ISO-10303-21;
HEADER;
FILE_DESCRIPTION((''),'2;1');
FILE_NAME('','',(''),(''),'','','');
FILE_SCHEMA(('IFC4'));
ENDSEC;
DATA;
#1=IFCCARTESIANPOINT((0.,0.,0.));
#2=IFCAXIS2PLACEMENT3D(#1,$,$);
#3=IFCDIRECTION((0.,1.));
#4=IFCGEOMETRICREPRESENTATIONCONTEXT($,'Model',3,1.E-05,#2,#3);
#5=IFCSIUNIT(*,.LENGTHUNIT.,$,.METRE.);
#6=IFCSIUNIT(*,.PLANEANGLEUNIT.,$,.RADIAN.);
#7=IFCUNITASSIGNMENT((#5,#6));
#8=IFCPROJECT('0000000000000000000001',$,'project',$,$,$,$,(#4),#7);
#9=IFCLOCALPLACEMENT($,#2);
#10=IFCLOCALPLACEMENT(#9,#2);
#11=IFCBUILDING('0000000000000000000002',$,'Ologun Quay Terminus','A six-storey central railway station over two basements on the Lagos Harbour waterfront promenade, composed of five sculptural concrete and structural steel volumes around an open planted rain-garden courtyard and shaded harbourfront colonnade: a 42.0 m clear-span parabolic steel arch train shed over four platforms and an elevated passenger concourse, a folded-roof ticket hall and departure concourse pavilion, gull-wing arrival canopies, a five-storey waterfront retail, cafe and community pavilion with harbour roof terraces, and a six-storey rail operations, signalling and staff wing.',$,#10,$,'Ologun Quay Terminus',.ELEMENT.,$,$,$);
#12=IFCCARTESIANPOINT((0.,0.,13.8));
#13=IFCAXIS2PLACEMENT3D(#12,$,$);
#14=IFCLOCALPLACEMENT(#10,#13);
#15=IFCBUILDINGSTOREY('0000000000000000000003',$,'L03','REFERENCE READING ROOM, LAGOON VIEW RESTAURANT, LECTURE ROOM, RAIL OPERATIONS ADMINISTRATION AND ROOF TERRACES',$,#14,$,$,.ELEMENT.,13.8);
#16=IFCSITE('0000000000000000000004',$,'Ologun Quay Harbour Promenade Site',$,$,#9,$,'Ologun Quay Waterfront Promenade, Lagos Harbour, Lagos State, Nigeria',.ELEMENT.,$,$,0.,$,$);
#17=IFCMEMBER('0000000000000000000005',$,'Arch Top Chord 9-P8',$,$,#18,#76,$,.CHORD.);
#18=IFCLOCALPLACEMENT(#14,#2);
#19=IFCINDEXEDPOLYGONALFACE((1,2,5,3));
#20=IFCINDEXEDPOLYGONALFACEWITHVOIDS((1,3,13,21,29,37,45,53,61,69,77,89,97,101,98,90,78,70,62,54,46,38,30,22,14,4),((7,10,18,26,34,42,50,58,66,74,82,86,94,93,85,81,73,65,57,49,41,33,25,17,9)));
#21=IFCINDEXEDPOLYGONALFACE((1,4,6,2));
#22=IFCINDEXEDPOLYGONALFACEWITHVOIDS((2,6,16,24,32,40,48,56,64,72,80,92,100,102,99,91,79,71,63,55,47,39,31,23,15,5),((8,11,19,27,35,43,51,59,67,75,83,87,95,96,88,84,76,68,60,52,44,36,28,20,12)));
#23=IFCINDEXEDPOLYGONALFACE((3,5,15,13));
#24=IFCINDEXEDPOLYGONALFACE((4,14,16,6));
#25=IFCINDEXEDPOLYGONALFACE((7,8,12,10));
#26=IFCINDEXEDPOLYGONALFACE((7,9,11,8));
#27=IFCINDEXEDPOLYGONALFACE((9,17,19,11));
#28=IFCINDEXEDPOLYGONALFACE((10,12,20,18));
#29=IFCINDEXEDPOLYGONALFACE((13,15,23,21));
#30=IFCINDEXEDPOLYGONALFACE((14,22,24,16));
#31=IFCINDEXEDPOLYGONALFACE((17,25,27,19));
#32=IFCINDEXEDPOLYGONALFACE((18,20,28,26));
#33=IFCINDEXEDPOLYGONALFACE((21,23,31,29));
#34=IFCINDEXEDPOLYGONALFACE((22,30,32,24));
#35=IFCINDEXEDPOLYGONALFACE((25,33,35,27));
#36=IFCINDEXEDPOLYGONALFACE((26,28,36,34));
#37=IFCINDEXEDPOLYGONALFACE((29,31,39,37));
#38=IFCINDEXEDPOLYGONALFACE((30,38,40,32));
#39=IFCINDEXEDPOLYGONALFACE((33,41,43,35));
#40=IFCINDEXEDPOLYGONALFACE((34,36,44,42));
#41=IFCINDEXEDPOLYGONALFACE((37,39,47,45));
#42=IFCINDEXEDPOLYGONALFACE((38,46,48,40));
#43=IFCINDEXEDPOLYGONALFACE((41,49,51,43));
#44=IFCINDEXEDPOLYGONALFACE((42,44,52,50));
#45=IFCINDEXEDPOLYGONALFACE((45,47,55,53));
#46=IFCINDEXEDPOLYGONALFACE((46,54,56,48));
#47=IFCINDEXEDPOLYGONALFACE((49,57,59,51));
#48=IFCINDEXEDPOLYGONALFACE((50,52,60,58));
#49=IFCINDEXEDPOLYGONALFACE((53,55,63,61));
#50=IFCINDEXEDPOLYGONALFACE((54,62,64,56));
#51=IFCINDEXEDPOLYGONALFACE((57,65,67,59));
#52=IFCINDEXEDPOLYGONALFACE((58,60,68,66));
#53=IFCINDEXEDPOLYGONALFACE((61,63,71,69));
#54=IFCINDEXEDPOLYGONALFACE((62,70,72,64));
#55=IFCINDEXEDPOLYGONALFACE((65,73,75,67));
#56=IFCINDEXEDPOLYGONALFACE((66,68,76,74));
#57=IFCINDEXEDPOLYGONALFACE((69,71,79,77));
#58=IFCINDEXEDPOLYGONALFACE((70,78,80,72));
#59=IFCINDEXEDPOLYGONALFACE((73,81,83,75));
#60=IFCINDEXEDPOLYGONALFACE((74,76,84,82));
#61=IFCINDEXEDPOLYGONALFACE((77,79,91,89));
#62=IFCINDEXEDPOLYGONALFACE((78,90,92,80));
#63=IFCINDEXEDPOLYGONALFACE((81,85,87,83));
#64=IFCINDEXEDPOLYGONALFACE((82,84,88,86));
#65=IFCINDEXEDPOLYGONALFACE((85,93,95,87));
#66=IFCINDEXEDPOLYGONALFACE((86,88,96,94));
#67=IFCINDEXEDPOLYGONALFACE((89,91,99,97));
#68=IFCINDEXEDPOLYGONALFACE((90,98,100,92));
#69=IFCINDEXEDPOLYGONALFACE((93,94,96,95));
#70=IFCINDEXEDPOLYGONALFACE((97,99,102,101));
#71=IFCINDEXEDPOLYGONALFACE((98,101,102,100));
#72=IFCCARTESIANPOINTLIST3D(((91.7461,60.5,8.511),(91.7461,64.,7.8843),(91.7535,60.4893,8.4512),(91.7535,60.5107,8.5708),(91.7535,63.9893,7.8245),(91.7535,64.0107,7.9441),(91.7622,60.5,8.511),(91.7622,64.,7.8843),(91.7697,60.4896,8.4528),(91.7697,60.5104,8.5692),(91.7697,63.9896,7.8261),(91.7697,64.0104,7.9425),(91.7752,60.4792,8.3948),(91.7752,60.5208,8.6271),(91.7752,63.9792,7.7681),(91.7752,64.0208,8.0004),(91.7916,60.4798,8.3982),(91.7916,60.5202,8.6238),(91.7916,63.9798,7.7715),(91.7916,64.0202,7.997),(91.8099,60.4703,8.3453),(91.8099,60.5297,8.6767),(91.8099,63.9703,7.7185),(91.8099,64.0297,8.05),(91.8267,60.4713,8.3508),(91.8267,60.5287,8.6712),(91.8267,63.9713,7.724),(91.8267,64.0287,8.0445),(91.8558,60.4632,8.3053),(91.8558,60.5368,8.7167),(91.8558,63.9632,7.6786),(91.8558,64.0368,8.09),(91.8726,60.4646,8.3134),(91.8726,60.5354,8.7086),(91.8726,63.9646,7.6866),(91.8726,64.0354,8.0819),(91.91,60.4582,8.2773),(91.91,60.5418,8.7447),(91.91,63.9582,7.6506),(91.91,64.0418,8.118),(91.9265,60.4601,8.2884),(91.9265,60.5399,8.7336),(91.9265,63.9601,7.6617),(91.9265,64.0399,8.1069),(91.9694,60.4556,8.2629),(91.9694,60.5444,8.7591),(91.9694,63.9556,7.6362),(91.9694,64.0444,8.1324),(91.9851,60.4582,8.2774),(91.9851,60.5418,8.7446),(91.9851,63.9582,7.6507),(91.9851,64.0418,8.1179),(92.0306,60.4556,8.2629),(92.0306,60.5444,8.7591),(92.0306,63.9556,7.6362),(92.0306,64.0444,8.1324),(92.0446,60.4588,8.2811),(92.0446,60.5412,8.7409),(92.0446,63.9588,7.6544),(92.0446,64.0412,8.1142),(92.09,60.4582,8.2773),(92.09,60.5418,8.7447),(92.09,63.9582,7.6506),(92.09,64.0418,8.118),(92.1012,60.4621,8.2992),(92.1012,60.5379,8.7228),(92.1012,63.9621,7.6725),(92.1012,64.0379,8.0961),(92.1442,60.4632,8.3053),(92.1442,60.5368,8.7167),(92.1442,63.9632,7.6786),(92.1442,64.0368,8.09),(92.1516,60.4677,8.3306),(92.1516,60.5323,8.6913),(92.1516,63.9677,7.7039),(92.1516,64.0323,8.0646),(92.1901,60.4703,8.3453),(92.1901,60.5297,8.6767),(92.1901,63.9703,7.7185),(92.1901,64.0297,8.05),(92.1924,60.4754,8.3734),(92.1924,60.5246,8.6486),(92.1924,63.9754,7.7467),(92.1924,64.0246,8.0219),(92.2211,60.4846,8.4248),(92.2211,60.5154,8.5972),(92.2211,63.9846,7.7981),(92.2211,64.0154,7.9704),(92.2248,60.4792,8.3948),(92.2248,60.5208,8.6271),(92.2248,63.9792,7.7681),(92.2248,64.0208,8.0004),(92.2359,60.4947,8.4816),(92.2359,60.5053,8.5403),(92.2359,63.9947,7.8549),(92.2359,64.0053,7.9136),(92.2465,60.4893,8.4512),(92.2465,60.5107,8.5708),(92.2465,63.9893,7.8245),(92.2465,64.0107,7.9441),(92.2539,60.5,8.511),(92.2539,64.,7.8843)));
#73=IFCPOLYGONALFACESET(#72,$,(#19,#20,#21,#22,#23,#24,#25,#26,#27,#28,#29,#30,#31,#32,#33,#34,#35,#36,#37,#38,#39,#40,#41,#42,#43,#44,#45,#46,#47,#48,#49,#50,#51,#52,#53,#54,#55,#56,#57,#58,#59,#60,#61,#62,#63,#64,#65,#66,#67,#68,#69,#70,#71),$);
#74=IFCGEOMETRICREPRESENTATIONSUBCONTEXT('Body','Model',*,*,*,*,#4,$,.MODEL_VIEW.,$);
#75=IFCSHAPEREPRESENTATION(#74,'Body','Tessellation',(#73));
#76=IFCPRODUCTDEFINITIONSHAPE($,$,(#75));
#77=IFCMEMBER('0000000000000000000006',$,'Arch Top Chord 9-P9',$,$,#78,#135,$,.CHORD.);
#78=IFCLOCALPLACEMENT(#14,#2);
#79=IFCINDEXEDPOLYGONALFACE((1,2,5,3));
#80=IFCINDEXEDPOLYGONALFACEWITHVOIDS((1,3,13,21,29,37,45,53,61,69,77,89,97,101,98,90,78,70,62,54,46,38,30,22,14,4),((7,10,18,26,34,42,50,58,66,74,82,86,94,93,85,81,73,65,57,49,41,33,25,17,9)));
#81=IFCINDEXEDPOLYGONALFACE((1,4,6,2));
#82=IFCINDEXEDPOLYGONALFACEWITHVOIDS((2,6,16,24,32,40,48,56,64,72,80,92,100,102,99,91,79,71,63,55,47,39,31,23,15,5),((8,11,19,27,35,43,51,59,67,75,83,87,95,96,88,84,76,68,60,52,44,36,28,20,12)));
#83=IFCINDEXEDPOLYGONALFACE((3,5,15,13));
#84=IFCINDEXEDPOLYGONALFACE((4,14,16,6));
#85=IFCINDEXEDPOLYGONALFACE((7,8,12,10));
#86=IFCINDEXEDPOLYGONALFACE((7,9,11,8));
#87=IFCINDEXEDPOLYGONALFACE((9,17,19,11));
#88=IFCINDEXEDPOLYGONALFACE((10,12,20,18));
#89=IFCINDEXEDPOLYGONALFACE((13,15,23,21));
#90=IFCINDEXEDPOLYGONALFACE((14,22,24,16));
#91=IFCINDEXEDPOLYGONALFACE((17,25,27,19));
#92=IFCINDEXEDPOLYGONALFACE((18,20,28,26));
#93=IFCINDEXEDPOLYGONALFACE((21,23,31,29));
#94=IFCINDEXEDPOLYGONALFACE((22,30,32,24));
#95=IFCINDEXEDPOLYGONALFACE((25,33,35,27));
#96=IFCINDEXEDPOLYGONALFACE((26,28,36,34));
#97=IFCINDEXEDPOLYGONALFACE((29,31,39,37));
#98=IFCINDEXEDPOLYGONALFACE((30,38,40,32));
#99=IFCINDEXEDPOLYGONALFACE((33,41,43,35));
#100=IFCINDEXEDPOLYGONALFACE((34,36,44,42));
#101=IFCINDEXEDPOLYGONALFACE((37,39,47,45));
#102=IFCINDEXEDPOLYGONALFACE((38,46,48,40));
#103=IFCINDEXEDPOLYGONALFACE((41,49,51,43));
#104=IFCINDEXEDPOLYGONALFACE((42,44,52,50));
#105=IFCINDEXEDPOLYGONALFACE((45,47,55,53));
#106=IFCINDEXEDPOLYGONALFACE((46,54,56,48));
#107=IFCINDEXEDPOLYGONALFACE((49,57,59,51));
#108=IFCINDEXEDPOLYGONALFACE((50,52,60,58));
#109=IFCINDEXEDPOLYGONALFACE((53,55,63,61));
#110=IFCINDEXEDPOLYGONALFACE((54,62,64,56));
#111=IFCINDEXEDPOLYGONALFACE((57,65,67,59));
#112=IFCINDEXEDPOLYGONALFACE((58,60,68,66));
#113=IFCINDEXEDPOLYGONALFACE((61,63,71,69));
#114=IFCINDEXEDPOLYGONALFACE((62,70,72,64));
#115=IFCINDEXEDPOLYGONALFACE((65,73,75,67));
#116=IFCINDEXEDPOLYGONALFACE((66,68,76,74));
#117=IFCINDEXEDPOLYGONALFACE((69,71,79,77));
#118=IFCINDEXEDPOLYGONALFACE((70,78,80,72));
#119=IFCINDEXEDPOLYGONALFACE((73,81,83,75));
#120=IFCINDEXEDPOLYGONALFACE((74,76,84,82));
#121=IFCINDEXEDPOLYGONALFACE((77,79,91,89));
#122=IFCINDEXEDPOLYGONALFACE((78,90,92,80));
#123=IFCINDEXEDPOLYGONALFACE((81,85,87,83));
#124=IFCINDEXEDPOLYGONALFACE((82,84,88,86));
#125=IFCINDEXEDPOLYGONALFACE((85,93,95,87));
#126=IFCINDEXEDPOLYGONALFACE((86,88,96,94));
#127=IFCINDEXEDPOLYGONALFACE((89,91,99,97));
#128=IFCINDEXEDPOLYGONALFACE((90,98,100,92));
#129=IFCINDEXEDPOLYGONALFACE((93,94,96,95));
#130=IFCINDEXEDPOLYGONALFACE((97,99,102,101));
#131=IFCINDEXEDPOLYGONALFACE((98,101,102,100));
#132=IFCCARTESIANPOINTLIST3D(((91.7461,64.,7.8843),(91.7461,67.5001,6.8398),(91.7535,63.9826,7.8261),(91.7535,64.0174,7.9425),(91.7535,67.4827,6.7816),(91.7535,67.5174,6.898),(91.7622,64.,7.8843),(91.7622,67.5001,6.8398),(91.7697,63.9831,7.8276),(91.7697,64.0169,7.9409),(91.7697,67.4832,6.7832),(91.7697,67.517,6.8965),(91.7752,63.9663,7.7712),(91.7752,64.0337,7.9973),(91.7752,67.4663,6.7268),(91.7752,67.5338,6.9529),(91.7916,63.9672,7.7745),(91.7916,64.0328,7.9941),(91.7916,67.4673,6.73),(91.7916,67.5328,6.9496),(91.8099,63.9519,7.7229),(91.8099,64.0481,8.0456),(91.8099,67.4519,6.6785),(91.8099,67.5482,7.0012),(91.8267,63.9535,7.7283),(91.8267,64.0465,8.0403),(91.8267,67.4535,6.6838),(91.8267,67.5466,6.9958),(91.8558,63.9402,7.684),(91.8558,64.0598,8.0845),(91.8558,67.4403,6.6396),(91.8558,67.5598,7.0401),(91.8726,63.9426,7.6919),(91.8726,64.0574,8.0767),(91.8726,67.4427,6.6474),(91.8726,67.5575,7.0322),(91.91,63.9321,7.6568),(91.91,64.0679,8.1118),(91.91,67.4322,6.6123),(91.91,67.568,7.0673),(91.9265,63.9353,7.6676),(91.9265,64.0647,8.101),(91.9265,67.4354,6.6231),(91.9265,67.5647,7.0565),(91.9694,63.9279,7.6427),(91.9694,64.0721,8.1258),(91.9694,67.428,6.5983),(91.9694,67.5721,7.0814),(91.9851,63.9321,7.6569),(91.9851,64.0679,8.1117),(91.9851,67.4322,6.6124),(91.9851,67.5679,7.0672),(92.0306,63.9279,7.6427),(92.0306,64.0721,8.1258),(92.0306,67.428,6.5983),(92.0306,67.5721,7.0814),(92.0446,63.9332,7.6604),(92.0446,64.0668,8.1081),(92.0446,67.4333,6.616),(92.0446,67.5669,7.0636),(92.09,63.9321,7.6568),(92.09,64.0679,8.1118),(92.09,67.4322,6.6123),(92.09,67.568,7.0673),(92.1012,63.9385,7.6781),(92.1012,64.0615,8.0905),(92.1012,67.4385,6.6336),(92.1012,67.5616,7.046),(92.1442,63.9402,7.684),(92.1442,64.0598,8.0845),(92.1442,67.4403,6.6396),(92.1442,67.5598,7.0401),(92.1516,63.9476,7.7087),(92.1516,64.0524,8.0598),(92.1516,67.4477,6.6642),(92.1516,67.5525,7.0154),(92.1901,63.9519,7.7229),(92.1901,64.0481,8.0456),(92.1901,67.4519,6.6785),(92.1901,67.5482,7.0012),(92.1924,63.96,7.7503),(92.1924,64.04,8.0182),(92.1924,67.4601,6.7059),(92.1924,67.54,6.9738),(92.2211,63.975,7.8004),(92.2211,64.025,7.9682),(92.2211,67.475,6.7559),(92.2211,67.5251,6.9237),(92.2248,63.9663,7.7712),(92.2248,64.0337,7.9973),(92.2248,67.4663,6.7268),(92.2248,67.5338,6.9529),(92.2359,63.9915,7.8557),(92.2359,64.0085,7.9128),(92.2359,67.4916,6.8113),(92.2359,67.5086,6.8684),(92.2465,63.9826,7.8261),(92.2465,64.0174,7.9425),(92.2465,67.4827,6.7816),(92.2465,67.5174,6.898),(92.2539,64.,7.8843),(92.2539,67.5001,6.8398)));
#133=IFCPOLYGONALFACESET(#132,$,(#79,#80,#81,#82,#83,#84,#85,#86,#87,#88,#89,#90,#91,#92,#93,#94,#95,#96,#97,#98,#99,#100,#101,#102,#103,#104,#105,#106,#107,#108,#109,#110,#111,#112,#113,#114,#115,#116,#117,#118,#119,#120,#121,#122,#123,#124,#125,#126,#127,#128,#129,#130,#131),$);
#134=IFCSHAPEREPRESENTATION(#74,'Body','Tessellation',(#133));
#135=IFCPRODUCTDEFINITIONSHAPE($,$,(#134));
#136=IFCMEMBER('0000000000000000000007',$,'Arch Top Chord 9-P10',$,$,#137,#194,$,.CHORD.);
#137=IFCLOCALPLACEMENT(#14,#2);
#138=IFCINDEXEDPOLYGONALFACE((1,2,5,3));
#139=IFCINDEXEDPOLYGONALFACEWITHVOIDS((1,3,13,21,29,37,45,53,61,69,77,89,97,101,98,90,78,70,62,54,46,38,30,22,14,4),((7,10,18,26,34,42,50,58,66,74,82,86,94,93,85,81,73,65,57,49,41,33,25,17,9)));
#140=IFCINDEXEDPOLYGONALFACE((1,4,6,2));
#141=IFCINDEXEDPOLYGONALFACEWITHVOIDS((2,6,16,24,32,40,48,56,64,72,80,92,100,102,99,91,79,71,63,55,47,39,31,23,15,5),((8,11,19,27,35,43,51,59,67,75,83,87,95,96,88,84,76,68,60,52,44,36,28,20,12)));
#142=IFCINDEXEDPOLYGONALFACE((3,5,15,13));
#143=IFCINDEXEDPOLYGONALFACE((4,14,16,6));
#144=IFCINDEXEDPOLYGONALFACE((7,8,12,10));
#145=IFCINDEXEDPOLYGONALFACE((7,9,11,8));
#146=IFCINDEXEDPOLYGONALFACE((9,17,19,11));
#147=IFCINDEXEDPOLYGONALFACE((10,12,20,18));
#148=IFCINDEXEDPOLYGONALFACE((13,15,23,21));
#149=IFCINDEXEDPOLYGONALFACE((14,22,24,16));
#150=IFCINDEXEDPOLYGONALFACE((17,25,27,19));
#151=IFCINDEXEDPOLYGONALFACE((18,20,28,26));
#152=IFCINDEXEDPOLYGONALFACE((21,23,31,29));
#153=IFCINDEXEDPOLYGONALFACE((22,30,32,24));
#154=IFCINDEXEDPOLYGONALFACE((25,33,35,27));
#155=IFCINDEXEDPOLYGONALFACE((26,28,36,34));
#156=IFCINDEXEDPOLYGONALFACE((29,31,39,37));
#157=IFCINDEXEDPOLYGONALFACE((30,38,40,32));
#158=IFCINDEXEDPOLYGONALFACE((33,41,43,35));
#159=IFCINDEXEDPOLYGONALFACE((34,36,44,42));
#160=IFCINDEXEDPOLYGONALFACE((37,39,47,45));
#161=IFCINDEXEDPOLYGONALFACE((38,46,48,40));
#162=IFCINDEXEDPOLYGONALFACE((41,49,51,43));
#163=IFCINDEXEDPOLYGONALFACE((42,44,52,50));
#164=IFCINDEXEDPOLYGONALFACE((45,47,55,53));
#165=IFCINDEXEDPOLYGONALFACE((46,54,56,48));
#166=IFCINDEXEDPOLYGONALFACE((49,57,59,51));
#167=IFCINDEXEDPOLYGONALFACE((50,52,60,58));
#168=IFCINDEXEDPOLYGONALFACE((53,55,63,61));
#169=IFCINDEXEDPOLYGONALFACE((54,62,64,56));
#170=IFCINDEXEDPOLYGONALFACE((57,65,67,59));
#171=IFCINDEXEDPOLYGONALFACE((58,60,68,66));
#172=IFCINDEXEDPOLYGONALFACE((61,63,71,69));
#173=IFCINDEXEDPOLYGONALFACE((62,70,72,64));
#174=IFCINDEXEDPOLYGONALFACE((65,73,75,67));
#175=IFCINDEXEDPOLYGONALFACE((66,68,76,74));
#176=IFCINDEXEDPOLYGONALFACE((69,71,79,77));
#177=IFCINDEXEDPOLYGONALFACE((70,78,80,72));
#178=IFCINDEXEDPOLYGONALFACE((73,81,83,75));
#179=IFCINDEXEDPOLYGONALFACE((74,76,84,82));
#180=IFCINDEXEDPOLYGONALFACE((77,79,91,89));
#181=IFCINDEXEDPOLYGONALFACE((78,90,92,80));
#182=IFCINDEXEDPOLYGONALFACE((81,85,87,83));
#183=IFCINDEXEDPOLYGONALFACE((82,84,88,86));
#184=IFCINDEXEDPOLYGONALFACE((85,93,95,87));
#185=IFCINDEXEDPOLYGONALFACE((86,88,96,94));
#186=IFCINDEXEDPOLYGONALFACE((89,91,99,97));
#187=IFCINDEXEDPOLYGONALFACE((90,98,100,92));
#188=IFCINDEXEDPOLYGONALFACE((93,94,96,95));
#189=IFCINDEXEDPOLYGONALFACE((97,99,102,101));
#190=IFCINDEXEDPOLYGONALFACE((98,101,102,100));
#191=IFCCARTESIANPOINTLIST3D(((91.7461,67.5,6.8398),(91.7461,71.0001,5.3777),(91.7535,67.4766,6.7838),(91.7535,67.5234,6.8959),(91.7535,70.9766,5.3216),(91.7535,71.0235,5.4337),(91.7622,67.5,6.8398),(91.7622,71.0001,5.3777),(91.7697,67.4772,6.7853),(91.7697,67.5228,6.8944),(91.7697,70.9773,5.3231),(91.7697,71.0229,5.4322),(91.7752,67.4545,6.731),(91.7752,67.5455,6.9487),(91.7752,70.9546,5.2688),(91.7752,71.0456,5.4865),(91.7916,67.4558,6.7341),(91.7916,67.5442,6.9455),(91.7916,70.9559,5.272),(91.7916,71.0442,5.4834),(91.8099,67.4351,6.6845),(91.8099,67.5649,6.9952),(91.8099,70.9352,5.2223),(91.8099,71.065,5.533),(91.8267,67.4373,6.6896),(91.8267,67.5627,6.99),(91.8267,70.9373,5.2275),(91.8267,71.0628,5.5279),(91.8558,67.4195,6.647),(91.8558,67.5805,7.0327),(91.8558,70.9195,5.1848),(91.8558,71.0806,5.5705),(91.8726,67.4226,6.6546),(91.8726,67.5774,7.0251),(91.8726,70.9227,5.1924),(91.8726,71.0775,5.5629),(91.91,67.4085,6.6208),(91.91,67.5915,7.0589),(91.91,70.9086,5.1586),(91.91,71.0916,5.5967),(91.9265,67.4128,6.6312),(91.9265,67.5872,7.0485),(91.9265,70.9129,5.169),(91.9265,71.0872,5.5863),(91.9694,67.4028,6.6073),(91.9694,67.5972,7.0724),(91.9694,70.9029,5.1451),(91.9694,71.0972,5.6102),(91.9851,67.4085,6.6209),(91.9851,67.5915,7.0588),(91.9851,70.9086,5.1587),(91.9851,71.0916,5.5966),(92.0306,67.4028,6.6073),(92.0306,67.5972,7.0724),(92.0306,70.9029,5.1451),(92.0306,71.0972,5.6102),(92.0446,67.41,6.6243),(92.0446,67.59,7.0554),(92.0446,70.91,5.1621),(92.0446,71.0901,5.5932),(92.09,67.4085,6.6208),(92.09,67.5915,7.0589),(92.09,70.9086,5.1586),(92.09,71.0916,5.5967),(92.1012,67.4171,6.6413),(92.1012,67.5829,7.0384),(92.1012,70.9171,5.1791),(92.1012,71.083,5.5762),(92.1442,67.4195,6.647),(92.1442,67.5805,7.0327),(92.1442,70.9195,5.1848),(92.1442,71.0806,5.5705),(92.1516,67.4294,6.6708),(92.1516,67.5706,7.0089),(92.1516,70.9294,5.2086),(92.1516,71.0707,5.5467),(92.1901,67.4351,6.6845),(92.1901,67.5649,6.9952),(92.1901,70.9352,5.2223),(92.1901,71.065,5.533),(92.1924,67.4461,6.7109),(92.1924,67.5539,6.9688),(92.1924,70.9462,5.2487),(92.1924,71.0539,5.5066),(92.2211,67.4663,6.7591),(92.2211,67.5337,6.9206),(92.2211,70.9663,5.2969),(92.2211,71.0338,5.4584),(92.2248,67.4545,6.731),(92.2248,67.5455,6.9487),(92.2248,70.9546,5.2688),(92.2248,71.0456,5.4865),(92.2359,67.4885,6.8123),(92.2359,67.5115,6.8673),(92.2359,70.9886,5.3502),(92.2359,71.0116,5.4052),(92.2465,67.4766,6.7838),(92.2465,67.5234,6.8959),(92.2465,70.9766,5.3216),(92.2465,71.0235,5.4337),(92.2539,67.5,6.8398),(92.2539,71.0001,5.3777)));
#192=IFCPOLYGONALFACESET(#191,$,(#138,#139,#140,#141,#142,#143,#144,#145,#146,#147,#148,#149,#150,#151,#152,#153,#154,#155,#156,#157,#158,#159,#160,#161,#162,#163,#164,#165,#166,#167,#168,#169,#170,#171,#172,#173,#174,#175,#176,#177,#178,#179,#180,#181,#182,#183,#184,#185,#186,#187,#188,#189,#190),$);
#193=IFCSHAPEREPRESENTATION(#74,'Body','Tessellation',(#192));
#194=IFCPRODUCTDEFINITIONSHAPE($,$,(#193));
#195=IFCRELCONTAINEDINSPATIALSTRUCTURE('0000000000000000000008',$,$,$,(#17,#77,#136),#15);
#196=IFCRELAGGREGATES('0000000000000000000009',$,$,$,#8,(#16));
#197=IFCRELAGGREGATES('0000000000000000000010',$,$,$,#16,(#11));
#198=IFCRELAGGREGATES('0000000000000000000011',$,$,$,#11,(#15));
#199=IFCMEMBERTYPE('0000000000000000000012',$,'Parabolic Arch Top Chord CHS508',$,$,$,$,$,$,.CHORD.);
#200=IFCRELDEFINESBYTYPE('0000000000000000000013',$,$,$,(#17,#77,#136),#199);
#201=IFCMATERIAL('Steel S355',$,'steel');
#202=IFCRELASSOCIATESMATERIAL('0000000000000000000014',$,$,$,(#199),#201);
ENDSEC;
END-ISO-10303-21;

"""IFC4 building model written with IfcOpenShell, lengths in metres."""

from ifc_helpers import new_model, si_unit, direction, frame, origin, origin_2d, place, context, subcontext, project, spatial, hollow_circle, extrude, material, material_profile, profile_set, type_object, element, save


model = new_model("IFC4")

# Units and contexts
model_context = context("Model", 3, precision=1e-05, world=origin(), true_north=direction((0.0, 1.0)))
body_context = subcontext(model_context, "Body", "Model", "MODEL_VIEW")
ifc_project = project(units=[si_unit("LENGTHUNIT", "METRE"), si_unit("PLANEANGLEUNIT", "RADIAN")], contexts=[model_context])

# Site, building, storey
site_placement = place(None, origin())
site = spatial("IfcSite", under=ifc_project, at=site_placement, Name="Ologun Quay Harbour Promenade Site", LongName="Ologun Quay Waterfront Promenade, Lagos Harbour, Lagos State, Nigeria", CompositionType="ELEMENT", RefElevation=0.0)
building_placement = place(site_placement, origin())
building = spatial("IfcBuilding", under=site, at=building_placement, Name="Ologun Quay Terminus", Description="A six-storey central railway station over two basements on the Lagos Harbour waterfront promenade, composed of five sculptural concrete and structural steel volumes around an open planted rain-garden courtyard and shaded harbourfront colonnade: a 42.0 m clear-span parabolic steel arch train shed over four platforms and an elevated passenger concourse, a folded-roof ticket hall and departure concourse pavilion, gull-wing arrival canopies, a five-storey waterfront retail, cafe and community pavilion with harbour roof terraces, and a six-storey rail operations, signalling and staff wing.", LongName="Ologun Quay Terminus", CompositionType="ELEMENT")
storey_placement = place(building_placement, frame((0.0, 0.0, 13.8)))
storey = spatial("IfcBuildingStorey", under=building, at=storey_placement, Name="L03", Description="REFERENCE READING ROOM, LAGOON VIEW RESTAURANT, LECTURE ROOM, RAIL OPERATIONS ADMINISTRATION AND ROOF TERRACES", CompositionType="ELEMENT", Elevation=13.8)

# Members
ifc_material_1 = material(Name="Steel S355", Category="steel")
ifc_material_profile_1 = material_profile(ifc_material_1, hollow_circle(Radius=0.2539, WallThickness=0.0161, at=origin_2d()), Name="CHS 508x16")
ifc_profile_set_1 = profile_set([ifc_material_profile_1], Name="Steel S355")
member_type_1 = type_object("IfcMemberType", Name="Parabolic Arch Top Chord CHS508", PredefinedType="CHORD", material=ifc_profile_set_1)
member_1_placement = place(storey_placement, frame((92.0, 60.5, 8.511), z_axis=(0.0, 0.984344, -0.176256), x_axis=(-1.0, 0.0, 0.0)))
element("IfcMember", 1, at=member_1_placement, inside=storey, type_object=member_type_1, Name="Arch Top Chord 9-P8", PredefinedType="CHORD", context=body_context, shape_type="SweptSolid", body=[
    extrude(hollow_circle(Radius=0.2539, WallThickness=0.0161, at=origin_2d()), origin(), (0.0, 0.0, 1.0), 3.5557),
])
member_2_placement = place(storey_placement, frame((92.0, 64.0, 7.8843), z_axis=(0.0, 0.958245, -0.285949), x_axis=(-1.0, 0.0, 0.0)))
element("IfcMember", 2, at=member_2_placement, inside=storey, type_object=member_type_1, Name="Arch Top Chord 9-P9", PredefinedType="CHORD", context=body_context, shape_type="SweptSolid", body=[
    extrude(hollow_circle(Radius=0.2539, WallThickness=0.0161, at=origin_2d()), origin(), (0.0, 0.0, 1.0), 3.6526),
])
member_3_placement = place(storey_placement, frame((92.0, 67.5, 6.8398), z_axis=(0.0, 0.922719, -0.385474), x_axis=(-1.0, 0.0, 0.0)))
element("IfcMember", 3, at=member_3_placement, inside=storey, type_object=member_type_1, Name="Arch Top Chord 9-P10", PredefinedType="CHORD", context=body_context, shape_type="SweptSolid", body=[
    extrude(hollow_circle(Radius=0.2539, WallThickness=0.0161, at=origin_2d()), origin(), (0.0, 0.0, 1.0), 3.7932),
])

save(model, "model.ifc")
